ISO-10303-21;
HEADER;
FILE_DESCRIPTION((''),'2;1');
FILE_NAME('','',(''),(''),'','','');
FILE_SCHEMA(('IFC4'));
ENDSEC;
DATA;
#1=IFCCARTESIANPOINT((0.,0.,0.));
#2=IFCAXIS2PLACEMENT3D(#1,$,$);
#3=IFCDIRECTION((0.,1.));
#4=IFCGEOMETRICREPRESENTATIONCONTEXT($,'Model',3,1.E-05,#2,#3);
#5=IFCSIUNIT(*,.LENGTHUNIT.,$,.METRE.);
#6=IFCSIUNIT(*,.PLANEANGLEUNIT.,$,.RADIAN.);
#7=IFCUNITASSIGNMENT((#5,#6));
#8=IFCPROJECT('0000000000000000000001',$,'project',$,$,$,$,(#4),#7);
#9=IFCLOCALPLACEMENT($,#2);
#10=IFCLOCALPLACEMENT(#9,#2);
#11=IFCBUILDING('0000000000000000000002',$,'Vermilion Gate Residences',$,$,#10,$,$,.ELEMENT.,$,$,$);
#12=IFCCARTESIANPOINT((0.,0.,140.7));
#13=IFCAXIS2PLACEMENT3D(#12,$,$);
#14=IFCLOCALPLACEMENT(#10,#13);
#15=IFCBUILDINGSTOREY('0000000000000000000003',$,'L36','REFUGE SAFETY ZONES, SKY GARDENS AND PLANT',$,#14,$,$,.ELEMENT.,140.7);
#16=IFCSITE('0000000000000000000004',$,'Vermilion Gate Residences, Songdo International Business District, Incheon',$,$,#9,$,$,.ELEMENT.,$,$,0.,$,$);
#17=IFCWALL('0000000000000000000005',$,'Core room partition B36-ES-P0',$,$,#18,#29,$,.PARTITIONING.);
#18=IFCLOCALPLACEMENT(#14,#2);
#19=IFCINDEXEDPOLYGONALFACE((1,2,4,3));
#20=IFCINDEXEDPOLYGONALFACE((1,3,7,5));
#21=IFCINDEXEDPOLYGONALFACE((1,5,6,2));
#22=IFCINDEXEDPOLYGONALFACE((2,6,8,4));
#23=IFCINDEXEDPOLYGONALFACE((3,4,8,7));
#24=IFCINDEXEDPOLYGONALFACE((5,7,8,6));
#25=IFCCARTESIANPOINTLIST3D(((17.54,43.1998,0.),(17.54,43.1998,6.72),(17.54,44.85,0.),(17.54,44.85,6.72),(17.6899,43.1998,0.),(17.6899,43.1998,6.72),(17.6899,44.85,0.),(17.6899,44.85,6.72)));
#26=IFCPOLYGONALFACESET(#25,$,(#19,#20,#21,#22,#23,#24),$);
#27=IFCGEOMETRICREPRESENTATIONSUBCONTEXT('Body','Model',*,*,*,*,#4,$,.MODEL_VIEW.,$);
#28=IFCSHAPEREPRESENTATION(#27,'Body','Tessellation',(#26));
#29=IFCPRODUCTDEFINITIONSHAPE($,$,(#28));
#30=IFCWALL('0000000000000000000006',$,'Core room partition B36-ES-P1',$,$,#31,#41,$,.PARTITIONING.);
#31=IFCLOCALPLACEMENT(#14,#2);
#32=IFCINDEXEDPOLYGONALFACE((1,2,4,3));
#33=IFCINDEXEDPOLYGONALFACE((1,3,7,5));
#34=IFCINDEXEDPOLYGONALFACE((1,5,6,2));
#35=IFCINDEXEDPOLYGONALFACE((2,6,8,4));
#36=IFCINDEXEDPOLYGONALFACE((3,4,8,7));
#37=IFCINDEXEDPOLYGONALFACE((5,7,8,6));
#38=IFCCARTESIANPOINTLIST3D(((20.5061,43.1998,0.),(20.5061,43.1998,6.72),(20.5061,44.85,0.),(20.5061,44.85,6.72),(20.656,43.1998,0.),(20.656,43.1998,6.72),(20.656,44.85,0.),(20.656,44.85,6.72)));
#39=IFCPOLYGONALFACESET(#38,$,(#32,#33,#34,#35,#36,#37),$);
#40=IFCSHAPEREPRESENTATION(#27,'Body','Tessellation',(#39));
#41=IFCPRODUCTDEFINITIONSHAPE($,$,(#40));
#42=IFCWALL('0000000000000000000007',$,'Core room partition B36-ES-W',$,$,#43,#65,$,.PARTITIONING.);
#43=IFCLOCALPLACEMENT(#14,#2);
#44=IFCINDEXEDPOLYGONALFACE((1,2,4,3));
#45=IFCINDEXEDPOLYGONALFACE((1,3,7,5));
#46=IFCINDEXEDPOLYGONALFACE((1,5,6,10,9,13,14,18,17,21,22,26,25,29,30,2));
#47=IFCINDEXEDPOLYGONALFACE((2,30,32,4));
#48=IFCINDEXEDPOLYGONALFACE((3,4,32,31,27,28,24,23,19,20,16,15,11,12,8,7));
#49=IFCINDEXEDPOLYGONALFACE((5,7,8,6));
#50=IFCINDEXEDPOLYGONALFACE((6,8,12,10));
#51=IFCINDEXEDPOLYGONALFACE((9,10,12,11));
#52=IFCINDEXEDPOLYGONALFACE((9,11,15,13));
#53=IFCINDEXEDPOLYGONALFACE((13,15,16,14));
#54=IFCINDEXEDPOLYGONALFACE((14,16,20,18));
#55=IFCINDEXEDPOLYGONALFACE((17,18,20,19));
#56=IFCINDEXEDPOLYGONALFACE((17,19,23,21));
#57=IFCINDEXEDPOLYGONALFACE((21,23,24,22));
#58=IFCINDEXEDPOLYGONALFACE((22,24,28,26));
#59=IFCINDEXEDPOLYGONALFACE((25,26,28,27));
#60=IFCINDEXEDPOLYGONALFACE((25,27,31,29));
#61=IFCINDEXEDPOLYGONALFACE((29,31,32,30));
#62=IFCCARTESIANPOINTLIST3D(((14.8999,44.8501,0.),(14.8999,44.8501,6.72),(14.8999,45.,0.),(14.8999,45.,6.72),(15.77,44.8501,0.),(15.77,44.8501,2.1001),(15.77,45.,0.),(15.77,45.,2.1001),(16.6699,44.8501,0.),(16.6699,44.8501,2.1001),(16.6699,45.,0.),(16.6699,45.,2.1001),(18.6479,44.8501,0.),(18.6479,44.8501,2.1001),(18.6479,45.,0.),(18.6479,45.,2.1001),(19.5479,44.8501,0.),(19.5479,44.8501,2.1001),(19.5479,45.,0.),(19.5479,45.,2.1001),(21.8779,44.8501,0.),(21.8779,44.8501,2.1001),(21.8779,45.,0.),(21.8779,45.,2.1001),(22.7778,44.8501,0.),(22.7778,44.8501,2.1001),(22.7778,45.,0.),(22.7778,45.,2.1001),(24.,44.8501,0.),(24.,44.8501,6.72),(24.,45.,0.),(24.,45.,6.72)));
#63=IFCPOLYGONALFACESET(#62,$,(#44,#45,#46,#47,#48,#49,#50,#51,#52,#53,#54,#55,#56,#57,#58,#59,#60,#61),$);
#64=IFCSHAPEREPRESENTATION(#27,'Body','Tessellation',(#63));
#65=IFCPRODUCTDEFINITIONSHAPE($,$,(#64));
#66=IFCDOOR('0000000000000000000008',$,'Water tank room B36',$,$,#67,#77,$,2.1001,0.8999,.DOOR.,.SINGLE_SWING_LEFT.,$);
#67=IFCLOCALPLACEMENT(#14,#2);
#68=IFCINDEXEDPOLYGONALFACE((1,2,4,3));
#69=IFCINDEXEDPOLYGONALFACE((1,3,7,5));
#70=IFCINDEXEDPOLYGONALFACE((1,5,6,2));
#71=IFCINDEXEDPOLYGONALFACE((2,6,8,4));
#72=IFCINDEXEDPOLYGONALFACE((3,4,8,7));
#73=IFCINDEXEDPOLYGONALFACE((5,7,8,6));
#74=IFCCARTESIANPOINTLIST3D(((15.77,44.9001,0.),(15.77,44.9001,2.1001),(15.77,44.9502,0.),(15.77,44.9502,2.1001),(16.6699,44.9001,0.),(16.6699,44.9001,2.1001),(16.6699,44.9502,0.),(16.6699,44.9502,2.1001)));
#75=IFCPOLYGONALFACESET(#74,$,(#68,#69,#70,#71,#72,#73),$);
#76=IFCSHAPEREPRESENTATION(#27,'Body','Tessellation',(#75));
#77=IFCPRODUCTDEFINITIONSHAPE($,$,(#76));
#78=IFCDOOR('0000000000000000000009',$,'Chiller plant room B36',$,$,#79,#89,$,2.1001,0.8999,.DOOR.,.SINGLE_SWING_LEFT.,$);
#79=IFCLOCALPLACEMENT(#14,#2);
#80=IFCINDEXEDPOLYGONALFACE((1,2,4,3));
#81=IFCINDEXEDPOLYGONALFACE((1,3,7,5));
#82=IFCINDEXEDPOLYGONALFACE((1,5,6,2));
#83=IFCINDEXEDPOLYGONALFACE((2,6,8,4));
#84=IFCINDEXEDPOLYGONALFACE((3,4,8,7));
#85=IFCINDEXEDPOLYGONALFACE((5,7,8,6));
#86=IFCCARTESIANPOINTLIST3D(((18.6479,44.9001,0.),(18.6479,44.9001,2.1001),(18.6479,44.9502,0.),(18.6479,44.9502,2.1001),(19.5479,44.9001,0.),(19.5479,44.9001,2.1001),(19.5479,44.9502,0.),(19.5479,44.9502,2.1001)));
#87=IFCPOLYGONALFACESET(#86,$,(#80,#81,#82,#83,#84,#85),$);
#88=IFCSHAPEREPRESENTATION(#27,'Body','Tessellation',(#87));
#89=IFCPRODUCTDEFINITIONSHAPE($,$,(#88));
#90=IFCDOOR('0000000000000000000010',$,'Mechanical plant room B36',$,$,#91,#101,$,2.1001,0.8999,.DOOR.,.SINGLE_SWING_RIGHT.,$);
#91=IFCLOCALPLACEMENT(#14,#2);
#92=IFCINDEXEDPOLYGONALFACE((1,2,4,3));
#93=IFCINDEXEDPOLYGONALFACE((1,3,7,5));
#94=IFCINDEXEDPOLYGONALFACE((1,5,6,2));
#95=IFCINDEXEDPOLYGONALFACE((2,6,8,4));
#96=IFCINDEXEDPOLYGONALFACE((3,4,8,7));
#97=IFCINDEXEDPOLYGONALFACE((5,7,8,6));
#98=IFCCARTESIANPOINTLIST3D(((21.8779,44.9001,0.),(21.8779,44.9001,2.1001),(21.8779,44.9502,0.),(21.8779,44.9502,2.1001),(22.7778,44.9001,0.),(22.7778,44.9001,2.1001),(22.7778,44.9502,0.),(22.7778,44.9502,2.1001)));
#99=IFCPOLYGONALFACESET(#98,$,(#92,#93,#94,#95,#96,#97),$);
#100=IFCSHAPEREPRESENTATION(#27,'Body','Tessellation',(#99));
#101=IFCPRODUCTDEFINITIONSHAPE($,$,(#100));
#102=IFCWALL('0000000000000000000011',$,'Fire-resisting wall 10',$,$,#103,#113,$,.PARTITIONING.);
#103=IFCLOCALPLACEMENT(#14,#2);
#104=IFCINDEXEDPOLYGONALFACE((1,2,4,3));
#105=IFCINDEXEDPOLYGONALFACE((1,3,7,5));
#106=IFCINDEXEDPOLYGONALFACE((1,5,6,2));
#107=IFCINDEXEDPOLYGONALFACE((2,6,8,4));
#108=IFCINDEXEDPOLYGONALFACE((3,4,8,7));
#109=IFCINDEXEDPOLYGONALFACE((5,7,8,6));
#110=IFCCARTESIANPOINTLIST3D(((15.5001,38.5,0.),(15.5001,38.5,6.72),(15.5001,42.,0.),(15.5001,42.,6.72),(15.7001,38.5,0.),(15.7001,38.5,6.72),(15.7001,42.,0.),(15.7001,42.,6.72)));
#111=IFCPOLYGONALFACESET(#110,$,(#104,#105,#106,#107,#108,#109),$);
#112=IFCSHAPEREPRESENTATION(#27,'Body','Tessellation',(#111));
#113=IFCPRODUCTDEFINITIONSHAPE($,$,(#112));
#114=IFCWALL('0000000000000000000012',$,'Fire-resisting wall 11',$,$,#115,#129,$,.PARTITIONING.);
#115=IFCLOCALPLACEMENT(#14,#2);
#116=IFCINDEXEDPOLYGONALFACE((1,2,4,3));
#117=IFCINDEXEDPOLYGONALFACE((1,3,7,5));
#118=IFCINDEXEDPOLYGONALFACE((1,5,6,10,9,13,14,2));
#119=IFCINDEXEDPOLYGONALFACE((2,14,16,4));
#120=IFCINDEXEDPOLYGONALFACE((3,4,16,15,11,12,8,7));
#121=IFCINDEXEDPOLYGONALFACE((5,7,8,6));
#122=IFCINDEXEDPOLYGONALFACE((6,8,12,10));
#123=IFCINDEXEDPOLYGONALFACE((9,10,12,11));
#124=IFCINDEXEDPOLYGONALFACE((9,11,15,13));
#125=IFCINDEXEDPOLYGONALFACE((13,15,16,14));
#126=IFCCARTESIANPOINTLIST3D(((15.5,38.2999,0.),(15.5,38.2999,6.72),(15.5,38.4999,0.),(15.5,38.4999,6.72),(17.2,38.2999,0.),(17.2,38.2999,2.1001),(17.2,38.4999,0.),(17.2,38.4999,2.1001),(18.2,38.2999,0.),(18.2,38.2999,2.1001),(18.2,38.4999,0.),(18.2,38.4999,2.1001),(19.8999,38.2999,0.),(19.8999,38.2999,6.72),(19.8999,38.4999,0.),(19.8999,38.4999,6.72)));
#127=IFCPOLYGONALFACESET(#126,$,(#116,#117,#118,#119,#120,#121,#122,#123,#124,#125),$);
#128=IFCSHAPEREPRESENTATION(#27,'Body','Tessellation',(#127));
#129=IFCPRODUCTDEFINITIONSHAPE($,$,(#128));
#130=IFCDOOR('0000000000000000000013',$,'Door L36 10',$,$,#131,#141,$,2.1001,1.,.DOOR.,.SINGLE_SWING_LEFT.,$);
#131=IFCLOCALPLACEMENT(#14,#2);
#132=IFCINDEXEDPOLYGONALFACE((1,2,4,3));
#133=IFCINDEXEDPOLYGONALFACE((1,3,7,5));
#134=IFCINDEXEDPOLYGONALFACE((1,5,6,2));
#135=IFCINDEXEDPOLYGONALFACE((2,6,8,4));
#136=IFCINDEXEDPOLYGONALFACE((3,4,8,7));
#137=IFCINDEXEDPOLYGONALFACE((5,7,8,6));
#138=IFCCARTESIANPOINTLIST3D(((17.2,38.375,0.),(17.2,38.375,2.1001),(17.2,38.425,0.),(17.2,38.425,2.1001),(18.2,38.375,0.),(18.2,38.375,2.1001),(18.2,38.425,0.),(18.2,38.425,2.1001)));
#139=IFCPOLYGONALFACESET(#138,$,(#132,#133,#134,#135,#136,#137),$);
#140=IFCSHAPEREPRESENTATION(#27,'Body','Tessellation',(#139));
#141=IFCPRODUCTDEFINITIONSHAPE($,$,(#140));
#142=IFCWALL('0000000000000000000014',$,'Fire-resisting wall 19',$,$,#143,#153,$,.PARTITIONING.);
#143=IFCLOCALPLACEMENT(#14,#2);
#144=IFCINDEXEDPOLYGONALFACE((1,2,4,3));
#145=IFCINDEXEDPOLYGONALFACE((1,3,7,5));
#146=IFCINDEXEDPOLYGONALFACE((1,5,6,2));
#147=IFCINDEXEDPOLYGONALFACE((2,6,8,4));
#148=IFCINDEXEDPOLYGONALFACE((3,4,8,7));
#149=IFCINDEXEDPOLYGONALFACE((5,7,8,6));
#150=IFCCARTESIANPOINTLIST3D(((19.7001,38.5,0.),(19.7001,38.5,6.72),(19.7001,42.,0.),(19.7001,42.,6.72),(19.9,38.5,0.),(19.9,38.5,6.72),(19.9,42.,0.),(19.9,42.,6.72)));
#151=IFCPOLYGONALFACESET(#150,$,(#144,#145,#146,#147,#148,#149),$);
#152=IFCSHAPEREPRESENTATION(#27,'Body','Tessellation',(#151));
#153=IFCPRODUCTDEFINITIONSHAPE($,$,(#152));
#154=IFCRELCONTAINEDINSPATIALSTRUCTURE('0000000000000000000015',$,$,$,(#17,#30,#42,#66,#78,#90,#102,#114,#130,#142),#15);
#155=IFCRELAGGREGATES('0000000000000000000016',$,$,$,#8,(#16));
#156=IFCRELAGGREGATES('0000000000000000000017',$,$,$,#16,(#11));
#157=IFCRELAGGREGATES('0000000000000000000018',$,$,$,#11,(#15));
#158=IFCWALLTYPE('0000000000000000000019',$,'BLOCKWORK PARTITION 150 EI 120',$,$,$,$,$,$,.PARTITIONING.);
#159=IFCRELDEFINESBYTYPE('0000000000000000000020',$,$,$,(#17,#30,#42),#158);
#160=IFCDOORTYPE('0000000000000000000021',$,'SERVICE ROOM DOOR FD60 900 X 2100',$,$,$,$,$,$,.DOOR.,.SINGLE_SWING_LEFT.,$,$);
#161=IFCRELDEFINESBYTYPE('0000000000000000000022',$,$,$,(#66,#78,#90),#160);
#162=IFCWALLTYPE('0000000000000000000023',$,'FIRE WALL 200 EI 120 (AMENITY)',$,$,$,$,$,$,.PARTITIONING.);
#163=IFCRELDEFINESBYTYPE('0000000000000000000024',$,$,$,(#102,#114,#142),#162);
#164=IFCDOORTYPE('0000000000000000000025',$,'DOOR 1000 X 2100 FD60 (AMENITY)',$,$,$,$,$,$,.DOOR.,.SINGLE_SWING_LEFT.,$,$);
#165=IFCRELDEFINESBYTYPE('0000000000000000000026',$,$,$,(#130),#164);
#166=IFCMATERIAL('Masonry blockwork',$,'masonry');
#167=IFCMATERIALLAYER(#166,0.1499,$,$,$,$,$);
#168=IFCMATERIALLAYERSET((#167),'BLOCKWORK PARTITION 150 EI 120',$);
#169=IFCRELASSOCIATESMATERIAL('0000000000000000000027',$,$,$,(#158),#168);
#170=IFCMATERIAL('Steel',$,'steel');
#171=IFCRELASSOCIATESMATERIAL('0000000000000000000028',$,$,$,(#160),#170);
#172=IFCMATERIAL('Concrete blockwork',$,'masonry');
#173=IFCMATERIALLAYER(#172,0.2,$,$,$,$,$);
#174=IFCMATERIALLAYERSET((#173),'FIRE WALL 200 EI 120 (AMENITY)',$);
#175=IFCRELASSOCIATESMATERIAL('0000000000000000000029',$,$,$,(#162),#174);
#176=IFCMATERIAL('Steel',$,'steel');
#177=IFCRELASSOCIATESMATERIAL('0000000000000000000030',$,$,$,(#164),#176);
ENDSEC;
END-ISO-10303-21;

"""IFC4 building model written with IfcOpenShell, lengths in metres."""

from ifc_helpers import new_model, si_unit, direction, frame, frame_2d, origin, place, context, subcontext, project, spatial, rectangle, extrude, material, layer, layer_set, type_object, element, fill, save


model = new_model("IFC4")

# Units and contexts
model_context = context("Model", 3, precision=1e-05, world=origin(), true_north=direction((0.0, 1.0)))
body_context = subcontext(model_context, "Body", "Model", "MODEL_VIEW")
ifc_project = project(units=[si_unit("LENGTHUNIT", "METRE"), si_unit("PLANEANGLEUNIT", "RADIAN")], contexts=[model_context])

# Site, building, storey
site_placement = place(None, origin())
site = spatial("IfcSite", under=ifc_project, at=site_placement, Name="Vermilion Gate Residences, Songdo International Business District, Incheon", CompositionType="ELEMENT", RefElevation=0.0)
building_placement = place(site_placement, origin())
building = spatial("IfcBuilding", under=site, at=building_placement, Name="Vermilion Gate Residences", CompositionType="ELEMENT")
storey_placement = place(building_placement, frame((0.0, 0.0, 140.7)))
storey = spatial("IfcBuildingStorey", under=building, at=storey_placement, Name="L36", Description="REFUGE SAFETY ZONES, SKY GARDENS AND PLANT", CompositionType="ELEMENT", Elevation=140.7)

# Shared definitions
ifc_material_1 = material(Name="Masonry blockwork", Category="masonry")
ifc_layer_1 = layer(ifc_material_1, 0.1499)
ifc_layer_set_1 = layer_set([ifc_layer_1], Name="BLOCKWORK PARTITION 150 EI 120")
wall_type_1 = type_object("IfcWallType", Name="BLOCKWORK PARTITION 150 EI 120", PredefinedType="PARTITIONING", material=ifc_layer_set_1)

# Walls
for number, where, z_axis, x_axis, name in (
    (1, (17.615, 44.8501, 0.0), (0.0, 0.0, 1.0), (0.0, -1.0, 0.0), "Core room partition B36-ES-P0"),
    (2, (20.5811, 44.8501, 0.0), (0.0, 0.0, 1.0), (0.0, -1.0, 0.0), "Core room partition B36-ES-P1"),
):
    element("IfcWall", number, at=place(storey_placement, frame(where, z_axis=z_axis, x_axis=x_axis)), inside=storey, type_object=wall_type_1, Name=name, PredefinedType="PARTITIONING", context=body_context, shape_type="SweptSolid", body=[
        extrude(rectangle(XDim=1.6501, YDim=0.1499, at=frame_2d((0.8252, 0.0))), origin(), (0.0, 0.0, 1.0), 6.72),
    ])

# Wall, openings, doors
wall_1_placement = place(storey_placement, frame((14.8999, 44.925, 0.0), z_axis=(0.0, 0.0, 1.0), x_axis=(1.0, 0.0, 0.0)))
wall_1 = element("IfcWall", 3, at=wall_1_placement, inside=storey, type_object=wall_type_1, Name="Core room partition B36-ES-W", PredefinedType="PARTITIONING", context=body_context, shape_type="SweptSolid", body=[
    extrude(rectangle(XDim=9.1001, YDim=0.1499, at=frame_2d((4.55, 0.0))), origin(), (0.0, 0.0, 1.0), 6.72),
])
opening_1_placement = place(wall_1_placement, frame((0.8701, 0.0, 0.0)))
opening_1 = element("IfcOpeningElement", 4, at=opening_1_placement, cuts=wall_1, PredefinedType="OPENING", context=body_context, shape_type="SweptSolid", body=[
    extrude(rectangle(XDim=0.8999, YDim=2.1001, at=frame_2d((0.45, 1.05))), frame((0.0, 0.085, 0.0), z_axis=(0.0, -1.0, 0.0), x_axis=(1.0, 0.0, 0.0)), (0.0, 0.0, 1.0), 0.1699),
])
opening_2_placement = place(wall_1_placement, frame((3.748, 0.0, 0.0)))
opening_2 = element("IfcOpeningElement", 5, at=opening_2_placement, cuts=wall_1, PredefinedType="OPENING", context=body_context, shape_type="SweptSolid", body=[
    extrude(rectangle(XDim=0.8999, YDim=2.1001, at=frame_2d((0.45, 1.05))), frame((0.0, 0.085, 0.0), z_axis=(0.0, -1.0, 0.0), x_axis=(1.0, 0.0, 0.0)), (0.0, 0.0, 1.0), 0.1699),
])
opening_3_placement = place(wall_1_placement, frame((6.978, 0.0, 0.0)))
opening_3 = element("IfcOpeningElement", 6, at=opening_3_placement, cuts=wall_1, PredefinedType="OPENING", context=body_context, shape_type="SweptSolid", body=[
    extrude(rectangle(XDim=0.8999, YDim=2.1001, at=frame_2d((0.45, 1.05))), frame((0.0, 0.085, 0.0), z_axis=(0.0, -1.0, 0.0), x_axis=(1.0, 0.0, 0.0)), (0.0, 0.0, 1.0), 0.1699),
])
ifc_material_2 = material(Name="Steel", Category="steel")
door_type_1 = type_object("IfcDoorType", Name="SERVICE ROOM DOOR FD60 900 X 2100", OperationType="SINGLE_SWING_LEFT", PredefinedType="DOOR", material=ifc_material_2)
door_1_placement = place(opening_1_placement, frame((0.8999, 0.0, 0.0), z_axis=(0.0, 0.0, 1.0), x_axis=(-1.0, 0.0, 0.0)))
door_1 = element("IfcDoor", 7, at=door_1_placement, inside=storey, type_object=door_type_1, Name="Water tank room B36", OperationType="SINGLE_SWING_LEFT", OverallHeight=2.1001, OverallWidth=0.8999, PredefinedType="DOOR", context=body_context, shape_type="SweptSolid", body=[
    extrude(rectangle(XDim=0.8999, YDim=2.1001, at=frame_2d((0.45, 1.05))), frame((0.0, 0.0249, 0.0), z_axis=(0.0, -1.0, 0.0), x_axis=(1.0, 0.0, 0.0)), (0.0, 0.0, 1.0), 0.05),
])
fill(opening_1, door_1)
door_2_placement = place(opening_2_placement, frame((0.8999, 0.0, 0.0), z_axis=(0.0, 0.0, 1.0), x_axis=(-1.0, 0.0, 0.0)))
door_2 = element("IfcDoor", 8, at=door_2_placement, inside=storey, type_object=door_type_1, Name="Chiller plant room B36", OperationType="SINGLE_SWING_LEFT", OverallHeight=2.1001, OverallWidth=0.8999, PredefinedType="DOOR", context=body_context, shape_type="SweptSolid", body=[
    extrude(rectangle(XDim=0.8999, YDim=2.1001, at=frame_2d((0.45, 1.05))), frame((0.0, 0.0249, 0.0), z_axis=(0.0, -1.0, 0.0), x_axis=(1.0, 0.0, 0.0)), (0.0, 0.0, 1.0), 0.05),
])
fill(opening_2, door_2)
door_3_placement = place(opening_3_placement, frame((0.8999, 0.0, 0.0), z_axis=(0.0, 0.0, 1.0), x_axis=(-1.0, 0.0, 0.0)))
door_3 = element("IfcDoor", 9, at=door_3_placement, inside=storey, type_object=door_type_1, Name="Mechanical plant room B36", OperationType="SINGLE_SWING_RIGHT", OverallHeight=2.1001, OverallWidth=0.8999, PredefinedType="DOOR", context=body_context, shape_type="SweptSolid", body=[
    extrude(rectangle(XDim=0.8999, YDim=2.1001, at=frame_2d((0.45, 1.05))), frame((0.0, 0.0249, 0.0), z_axis=(0.0, -1.0, 0.0), x_axis=(1.0, 0.0, 0.0)), (0.0, 0.0, 1.0), 0.05),
])
fill(opening_3, door_3)

# Wall
ifc_material_3 = material(Name="Concrete blockwork", Category="masonry")
ifc_layer_2 = layer(ifc_material_3, 0.2)
ifc_layer_set_2 = layer_set([ifc_layer_2], Name="FIRE WALL 200 EI 120 (AMENITY)")
wall_type_2 = type_object("IfcWallType", Name="FIRE WALL 200 EI 120 (AMENITY)", PredefinedType="PARTITIONING", material=ifc_layer_set_2)
wall_2_placement = place(storey_placement, frame((15.6001, 38.5, 0.0), z_axis=(0.0, 0.0, 1.0), x_axis=(0.0, 1.0, 0.0)))
element("IfcWall", 10, at=wall_2_placement, inside=storey, type_object=wall_type_2, Name="Fire-resisting wall 10", PredefinedType="PARTITIONING", context=body_context, shape_type="SweptSolid", body=[
    extrude(rectangle(XDim=3.5, YDim=0.2, at=frame_2d((1.75, 0.0))), origin(), (0.0, 0.0, 1.0), 6.72),
])

# Wall, opening, door
wall_3_placement = place(storey_placement, frame((15.5, 38.3999, 0.0), z_axis=(0.0, 0.0, 1.0), x_axis=(1.0, 0.0, 0.0)))
wall_3 = element("IfcWall", 11, at=wall_3_placement, inside=storey, type_object=wall_type_2, Name="Fire-resisting wall 11", PredefinedType="PARTITIONING", context=body_context, shape_type="SweptSolid", body=[
    extrude(rectangle(XDim=4.3999, YDim=0.2, at=frame_2d((2.2, 0.0))), origin(), (0.0, 0.0, 1.0), 6.72),
])
opening_4_placement = place(wall_3_placement, frame((1.7, 0.0, 0.0)))
opening_4 = element("IfcOpeningElement", 12, at=opening_4_placement, cuts=wall_3, PredefinedType="OPENING", context=body_context, shape_type="SweptSolid", body=[
    extrude(rectangle(XDim=1.0, YDim=2.1001, at=frame_2d((0.5, 1.05))), frame((0.0, 0.1099, 0.0), z_axis=(0.0, -1.0, 0.0), x_axis=(1.0, 0.0, 0.0)), (0.0, 0.0, 1.0), 0.22),
])
ifc_material_4 = material(Name="Steel", Category="steel")
door_type_2 = type_object("IfcDoorType", Name="DOOR 1000 X 2100 FD60 (AMENITY)", OperationType="SINGLE_SWING_LEFT", PredefinedType="DOOR", material=ifc_material_4)
door_4_placement = place(opening_4_placement, frame((1.0, 0.0, 0.0), z_axis=(0.0, 0.0, 1.0), x_axis=(-1.0, 0.0, 0.0)))
door_4 = element("IfcDoor", 13, at=door_4_placement, inside=storey, type_object=door_type_2, Name="Door L36 10", OperationType="SINGLE_SWING_LEFT", OverallHeight=2.1001, OverallWidth=1.0, PredefinedType="DOOR", context=body_context, shape_type="SweptSolid", body=[
    extrude(rectangle(XDim=1.0, YDim=2.1001, at=frame_2d((0.5, 1.05))), frame((0.0, 0.0249, 0.0), z_axis=(0.0, -1.0, 0.0), x_axis=(1.0, 0.0, 0.0)), (0.0, 0.0, 1.0), 0.05),
])
fill(opening_4, door_4)

# Wall
wall_4_placement = place(storey_placement, frame((19.8, 38.5, 0.0), z_axis=(0.0, 0.0, 1.0), x_axis=(0.0, 1.0, 0.0)))
element("IfcWall", 14, at=wall_4_placement, inside=storey, type_object=wall_type_2, Name="Fire-resisting wall 19", PredefinedType="PARTITIONING", context=body_context, shape_type="SweptSolid", body=[
    extrude(rectangle(XDim=3.5, YDim=0.2, at=frame_2d((1.75, 0.0))), origin(), (0.0, 0.0, 1.0), 6.72),
])

save(model, "model.ifc")
